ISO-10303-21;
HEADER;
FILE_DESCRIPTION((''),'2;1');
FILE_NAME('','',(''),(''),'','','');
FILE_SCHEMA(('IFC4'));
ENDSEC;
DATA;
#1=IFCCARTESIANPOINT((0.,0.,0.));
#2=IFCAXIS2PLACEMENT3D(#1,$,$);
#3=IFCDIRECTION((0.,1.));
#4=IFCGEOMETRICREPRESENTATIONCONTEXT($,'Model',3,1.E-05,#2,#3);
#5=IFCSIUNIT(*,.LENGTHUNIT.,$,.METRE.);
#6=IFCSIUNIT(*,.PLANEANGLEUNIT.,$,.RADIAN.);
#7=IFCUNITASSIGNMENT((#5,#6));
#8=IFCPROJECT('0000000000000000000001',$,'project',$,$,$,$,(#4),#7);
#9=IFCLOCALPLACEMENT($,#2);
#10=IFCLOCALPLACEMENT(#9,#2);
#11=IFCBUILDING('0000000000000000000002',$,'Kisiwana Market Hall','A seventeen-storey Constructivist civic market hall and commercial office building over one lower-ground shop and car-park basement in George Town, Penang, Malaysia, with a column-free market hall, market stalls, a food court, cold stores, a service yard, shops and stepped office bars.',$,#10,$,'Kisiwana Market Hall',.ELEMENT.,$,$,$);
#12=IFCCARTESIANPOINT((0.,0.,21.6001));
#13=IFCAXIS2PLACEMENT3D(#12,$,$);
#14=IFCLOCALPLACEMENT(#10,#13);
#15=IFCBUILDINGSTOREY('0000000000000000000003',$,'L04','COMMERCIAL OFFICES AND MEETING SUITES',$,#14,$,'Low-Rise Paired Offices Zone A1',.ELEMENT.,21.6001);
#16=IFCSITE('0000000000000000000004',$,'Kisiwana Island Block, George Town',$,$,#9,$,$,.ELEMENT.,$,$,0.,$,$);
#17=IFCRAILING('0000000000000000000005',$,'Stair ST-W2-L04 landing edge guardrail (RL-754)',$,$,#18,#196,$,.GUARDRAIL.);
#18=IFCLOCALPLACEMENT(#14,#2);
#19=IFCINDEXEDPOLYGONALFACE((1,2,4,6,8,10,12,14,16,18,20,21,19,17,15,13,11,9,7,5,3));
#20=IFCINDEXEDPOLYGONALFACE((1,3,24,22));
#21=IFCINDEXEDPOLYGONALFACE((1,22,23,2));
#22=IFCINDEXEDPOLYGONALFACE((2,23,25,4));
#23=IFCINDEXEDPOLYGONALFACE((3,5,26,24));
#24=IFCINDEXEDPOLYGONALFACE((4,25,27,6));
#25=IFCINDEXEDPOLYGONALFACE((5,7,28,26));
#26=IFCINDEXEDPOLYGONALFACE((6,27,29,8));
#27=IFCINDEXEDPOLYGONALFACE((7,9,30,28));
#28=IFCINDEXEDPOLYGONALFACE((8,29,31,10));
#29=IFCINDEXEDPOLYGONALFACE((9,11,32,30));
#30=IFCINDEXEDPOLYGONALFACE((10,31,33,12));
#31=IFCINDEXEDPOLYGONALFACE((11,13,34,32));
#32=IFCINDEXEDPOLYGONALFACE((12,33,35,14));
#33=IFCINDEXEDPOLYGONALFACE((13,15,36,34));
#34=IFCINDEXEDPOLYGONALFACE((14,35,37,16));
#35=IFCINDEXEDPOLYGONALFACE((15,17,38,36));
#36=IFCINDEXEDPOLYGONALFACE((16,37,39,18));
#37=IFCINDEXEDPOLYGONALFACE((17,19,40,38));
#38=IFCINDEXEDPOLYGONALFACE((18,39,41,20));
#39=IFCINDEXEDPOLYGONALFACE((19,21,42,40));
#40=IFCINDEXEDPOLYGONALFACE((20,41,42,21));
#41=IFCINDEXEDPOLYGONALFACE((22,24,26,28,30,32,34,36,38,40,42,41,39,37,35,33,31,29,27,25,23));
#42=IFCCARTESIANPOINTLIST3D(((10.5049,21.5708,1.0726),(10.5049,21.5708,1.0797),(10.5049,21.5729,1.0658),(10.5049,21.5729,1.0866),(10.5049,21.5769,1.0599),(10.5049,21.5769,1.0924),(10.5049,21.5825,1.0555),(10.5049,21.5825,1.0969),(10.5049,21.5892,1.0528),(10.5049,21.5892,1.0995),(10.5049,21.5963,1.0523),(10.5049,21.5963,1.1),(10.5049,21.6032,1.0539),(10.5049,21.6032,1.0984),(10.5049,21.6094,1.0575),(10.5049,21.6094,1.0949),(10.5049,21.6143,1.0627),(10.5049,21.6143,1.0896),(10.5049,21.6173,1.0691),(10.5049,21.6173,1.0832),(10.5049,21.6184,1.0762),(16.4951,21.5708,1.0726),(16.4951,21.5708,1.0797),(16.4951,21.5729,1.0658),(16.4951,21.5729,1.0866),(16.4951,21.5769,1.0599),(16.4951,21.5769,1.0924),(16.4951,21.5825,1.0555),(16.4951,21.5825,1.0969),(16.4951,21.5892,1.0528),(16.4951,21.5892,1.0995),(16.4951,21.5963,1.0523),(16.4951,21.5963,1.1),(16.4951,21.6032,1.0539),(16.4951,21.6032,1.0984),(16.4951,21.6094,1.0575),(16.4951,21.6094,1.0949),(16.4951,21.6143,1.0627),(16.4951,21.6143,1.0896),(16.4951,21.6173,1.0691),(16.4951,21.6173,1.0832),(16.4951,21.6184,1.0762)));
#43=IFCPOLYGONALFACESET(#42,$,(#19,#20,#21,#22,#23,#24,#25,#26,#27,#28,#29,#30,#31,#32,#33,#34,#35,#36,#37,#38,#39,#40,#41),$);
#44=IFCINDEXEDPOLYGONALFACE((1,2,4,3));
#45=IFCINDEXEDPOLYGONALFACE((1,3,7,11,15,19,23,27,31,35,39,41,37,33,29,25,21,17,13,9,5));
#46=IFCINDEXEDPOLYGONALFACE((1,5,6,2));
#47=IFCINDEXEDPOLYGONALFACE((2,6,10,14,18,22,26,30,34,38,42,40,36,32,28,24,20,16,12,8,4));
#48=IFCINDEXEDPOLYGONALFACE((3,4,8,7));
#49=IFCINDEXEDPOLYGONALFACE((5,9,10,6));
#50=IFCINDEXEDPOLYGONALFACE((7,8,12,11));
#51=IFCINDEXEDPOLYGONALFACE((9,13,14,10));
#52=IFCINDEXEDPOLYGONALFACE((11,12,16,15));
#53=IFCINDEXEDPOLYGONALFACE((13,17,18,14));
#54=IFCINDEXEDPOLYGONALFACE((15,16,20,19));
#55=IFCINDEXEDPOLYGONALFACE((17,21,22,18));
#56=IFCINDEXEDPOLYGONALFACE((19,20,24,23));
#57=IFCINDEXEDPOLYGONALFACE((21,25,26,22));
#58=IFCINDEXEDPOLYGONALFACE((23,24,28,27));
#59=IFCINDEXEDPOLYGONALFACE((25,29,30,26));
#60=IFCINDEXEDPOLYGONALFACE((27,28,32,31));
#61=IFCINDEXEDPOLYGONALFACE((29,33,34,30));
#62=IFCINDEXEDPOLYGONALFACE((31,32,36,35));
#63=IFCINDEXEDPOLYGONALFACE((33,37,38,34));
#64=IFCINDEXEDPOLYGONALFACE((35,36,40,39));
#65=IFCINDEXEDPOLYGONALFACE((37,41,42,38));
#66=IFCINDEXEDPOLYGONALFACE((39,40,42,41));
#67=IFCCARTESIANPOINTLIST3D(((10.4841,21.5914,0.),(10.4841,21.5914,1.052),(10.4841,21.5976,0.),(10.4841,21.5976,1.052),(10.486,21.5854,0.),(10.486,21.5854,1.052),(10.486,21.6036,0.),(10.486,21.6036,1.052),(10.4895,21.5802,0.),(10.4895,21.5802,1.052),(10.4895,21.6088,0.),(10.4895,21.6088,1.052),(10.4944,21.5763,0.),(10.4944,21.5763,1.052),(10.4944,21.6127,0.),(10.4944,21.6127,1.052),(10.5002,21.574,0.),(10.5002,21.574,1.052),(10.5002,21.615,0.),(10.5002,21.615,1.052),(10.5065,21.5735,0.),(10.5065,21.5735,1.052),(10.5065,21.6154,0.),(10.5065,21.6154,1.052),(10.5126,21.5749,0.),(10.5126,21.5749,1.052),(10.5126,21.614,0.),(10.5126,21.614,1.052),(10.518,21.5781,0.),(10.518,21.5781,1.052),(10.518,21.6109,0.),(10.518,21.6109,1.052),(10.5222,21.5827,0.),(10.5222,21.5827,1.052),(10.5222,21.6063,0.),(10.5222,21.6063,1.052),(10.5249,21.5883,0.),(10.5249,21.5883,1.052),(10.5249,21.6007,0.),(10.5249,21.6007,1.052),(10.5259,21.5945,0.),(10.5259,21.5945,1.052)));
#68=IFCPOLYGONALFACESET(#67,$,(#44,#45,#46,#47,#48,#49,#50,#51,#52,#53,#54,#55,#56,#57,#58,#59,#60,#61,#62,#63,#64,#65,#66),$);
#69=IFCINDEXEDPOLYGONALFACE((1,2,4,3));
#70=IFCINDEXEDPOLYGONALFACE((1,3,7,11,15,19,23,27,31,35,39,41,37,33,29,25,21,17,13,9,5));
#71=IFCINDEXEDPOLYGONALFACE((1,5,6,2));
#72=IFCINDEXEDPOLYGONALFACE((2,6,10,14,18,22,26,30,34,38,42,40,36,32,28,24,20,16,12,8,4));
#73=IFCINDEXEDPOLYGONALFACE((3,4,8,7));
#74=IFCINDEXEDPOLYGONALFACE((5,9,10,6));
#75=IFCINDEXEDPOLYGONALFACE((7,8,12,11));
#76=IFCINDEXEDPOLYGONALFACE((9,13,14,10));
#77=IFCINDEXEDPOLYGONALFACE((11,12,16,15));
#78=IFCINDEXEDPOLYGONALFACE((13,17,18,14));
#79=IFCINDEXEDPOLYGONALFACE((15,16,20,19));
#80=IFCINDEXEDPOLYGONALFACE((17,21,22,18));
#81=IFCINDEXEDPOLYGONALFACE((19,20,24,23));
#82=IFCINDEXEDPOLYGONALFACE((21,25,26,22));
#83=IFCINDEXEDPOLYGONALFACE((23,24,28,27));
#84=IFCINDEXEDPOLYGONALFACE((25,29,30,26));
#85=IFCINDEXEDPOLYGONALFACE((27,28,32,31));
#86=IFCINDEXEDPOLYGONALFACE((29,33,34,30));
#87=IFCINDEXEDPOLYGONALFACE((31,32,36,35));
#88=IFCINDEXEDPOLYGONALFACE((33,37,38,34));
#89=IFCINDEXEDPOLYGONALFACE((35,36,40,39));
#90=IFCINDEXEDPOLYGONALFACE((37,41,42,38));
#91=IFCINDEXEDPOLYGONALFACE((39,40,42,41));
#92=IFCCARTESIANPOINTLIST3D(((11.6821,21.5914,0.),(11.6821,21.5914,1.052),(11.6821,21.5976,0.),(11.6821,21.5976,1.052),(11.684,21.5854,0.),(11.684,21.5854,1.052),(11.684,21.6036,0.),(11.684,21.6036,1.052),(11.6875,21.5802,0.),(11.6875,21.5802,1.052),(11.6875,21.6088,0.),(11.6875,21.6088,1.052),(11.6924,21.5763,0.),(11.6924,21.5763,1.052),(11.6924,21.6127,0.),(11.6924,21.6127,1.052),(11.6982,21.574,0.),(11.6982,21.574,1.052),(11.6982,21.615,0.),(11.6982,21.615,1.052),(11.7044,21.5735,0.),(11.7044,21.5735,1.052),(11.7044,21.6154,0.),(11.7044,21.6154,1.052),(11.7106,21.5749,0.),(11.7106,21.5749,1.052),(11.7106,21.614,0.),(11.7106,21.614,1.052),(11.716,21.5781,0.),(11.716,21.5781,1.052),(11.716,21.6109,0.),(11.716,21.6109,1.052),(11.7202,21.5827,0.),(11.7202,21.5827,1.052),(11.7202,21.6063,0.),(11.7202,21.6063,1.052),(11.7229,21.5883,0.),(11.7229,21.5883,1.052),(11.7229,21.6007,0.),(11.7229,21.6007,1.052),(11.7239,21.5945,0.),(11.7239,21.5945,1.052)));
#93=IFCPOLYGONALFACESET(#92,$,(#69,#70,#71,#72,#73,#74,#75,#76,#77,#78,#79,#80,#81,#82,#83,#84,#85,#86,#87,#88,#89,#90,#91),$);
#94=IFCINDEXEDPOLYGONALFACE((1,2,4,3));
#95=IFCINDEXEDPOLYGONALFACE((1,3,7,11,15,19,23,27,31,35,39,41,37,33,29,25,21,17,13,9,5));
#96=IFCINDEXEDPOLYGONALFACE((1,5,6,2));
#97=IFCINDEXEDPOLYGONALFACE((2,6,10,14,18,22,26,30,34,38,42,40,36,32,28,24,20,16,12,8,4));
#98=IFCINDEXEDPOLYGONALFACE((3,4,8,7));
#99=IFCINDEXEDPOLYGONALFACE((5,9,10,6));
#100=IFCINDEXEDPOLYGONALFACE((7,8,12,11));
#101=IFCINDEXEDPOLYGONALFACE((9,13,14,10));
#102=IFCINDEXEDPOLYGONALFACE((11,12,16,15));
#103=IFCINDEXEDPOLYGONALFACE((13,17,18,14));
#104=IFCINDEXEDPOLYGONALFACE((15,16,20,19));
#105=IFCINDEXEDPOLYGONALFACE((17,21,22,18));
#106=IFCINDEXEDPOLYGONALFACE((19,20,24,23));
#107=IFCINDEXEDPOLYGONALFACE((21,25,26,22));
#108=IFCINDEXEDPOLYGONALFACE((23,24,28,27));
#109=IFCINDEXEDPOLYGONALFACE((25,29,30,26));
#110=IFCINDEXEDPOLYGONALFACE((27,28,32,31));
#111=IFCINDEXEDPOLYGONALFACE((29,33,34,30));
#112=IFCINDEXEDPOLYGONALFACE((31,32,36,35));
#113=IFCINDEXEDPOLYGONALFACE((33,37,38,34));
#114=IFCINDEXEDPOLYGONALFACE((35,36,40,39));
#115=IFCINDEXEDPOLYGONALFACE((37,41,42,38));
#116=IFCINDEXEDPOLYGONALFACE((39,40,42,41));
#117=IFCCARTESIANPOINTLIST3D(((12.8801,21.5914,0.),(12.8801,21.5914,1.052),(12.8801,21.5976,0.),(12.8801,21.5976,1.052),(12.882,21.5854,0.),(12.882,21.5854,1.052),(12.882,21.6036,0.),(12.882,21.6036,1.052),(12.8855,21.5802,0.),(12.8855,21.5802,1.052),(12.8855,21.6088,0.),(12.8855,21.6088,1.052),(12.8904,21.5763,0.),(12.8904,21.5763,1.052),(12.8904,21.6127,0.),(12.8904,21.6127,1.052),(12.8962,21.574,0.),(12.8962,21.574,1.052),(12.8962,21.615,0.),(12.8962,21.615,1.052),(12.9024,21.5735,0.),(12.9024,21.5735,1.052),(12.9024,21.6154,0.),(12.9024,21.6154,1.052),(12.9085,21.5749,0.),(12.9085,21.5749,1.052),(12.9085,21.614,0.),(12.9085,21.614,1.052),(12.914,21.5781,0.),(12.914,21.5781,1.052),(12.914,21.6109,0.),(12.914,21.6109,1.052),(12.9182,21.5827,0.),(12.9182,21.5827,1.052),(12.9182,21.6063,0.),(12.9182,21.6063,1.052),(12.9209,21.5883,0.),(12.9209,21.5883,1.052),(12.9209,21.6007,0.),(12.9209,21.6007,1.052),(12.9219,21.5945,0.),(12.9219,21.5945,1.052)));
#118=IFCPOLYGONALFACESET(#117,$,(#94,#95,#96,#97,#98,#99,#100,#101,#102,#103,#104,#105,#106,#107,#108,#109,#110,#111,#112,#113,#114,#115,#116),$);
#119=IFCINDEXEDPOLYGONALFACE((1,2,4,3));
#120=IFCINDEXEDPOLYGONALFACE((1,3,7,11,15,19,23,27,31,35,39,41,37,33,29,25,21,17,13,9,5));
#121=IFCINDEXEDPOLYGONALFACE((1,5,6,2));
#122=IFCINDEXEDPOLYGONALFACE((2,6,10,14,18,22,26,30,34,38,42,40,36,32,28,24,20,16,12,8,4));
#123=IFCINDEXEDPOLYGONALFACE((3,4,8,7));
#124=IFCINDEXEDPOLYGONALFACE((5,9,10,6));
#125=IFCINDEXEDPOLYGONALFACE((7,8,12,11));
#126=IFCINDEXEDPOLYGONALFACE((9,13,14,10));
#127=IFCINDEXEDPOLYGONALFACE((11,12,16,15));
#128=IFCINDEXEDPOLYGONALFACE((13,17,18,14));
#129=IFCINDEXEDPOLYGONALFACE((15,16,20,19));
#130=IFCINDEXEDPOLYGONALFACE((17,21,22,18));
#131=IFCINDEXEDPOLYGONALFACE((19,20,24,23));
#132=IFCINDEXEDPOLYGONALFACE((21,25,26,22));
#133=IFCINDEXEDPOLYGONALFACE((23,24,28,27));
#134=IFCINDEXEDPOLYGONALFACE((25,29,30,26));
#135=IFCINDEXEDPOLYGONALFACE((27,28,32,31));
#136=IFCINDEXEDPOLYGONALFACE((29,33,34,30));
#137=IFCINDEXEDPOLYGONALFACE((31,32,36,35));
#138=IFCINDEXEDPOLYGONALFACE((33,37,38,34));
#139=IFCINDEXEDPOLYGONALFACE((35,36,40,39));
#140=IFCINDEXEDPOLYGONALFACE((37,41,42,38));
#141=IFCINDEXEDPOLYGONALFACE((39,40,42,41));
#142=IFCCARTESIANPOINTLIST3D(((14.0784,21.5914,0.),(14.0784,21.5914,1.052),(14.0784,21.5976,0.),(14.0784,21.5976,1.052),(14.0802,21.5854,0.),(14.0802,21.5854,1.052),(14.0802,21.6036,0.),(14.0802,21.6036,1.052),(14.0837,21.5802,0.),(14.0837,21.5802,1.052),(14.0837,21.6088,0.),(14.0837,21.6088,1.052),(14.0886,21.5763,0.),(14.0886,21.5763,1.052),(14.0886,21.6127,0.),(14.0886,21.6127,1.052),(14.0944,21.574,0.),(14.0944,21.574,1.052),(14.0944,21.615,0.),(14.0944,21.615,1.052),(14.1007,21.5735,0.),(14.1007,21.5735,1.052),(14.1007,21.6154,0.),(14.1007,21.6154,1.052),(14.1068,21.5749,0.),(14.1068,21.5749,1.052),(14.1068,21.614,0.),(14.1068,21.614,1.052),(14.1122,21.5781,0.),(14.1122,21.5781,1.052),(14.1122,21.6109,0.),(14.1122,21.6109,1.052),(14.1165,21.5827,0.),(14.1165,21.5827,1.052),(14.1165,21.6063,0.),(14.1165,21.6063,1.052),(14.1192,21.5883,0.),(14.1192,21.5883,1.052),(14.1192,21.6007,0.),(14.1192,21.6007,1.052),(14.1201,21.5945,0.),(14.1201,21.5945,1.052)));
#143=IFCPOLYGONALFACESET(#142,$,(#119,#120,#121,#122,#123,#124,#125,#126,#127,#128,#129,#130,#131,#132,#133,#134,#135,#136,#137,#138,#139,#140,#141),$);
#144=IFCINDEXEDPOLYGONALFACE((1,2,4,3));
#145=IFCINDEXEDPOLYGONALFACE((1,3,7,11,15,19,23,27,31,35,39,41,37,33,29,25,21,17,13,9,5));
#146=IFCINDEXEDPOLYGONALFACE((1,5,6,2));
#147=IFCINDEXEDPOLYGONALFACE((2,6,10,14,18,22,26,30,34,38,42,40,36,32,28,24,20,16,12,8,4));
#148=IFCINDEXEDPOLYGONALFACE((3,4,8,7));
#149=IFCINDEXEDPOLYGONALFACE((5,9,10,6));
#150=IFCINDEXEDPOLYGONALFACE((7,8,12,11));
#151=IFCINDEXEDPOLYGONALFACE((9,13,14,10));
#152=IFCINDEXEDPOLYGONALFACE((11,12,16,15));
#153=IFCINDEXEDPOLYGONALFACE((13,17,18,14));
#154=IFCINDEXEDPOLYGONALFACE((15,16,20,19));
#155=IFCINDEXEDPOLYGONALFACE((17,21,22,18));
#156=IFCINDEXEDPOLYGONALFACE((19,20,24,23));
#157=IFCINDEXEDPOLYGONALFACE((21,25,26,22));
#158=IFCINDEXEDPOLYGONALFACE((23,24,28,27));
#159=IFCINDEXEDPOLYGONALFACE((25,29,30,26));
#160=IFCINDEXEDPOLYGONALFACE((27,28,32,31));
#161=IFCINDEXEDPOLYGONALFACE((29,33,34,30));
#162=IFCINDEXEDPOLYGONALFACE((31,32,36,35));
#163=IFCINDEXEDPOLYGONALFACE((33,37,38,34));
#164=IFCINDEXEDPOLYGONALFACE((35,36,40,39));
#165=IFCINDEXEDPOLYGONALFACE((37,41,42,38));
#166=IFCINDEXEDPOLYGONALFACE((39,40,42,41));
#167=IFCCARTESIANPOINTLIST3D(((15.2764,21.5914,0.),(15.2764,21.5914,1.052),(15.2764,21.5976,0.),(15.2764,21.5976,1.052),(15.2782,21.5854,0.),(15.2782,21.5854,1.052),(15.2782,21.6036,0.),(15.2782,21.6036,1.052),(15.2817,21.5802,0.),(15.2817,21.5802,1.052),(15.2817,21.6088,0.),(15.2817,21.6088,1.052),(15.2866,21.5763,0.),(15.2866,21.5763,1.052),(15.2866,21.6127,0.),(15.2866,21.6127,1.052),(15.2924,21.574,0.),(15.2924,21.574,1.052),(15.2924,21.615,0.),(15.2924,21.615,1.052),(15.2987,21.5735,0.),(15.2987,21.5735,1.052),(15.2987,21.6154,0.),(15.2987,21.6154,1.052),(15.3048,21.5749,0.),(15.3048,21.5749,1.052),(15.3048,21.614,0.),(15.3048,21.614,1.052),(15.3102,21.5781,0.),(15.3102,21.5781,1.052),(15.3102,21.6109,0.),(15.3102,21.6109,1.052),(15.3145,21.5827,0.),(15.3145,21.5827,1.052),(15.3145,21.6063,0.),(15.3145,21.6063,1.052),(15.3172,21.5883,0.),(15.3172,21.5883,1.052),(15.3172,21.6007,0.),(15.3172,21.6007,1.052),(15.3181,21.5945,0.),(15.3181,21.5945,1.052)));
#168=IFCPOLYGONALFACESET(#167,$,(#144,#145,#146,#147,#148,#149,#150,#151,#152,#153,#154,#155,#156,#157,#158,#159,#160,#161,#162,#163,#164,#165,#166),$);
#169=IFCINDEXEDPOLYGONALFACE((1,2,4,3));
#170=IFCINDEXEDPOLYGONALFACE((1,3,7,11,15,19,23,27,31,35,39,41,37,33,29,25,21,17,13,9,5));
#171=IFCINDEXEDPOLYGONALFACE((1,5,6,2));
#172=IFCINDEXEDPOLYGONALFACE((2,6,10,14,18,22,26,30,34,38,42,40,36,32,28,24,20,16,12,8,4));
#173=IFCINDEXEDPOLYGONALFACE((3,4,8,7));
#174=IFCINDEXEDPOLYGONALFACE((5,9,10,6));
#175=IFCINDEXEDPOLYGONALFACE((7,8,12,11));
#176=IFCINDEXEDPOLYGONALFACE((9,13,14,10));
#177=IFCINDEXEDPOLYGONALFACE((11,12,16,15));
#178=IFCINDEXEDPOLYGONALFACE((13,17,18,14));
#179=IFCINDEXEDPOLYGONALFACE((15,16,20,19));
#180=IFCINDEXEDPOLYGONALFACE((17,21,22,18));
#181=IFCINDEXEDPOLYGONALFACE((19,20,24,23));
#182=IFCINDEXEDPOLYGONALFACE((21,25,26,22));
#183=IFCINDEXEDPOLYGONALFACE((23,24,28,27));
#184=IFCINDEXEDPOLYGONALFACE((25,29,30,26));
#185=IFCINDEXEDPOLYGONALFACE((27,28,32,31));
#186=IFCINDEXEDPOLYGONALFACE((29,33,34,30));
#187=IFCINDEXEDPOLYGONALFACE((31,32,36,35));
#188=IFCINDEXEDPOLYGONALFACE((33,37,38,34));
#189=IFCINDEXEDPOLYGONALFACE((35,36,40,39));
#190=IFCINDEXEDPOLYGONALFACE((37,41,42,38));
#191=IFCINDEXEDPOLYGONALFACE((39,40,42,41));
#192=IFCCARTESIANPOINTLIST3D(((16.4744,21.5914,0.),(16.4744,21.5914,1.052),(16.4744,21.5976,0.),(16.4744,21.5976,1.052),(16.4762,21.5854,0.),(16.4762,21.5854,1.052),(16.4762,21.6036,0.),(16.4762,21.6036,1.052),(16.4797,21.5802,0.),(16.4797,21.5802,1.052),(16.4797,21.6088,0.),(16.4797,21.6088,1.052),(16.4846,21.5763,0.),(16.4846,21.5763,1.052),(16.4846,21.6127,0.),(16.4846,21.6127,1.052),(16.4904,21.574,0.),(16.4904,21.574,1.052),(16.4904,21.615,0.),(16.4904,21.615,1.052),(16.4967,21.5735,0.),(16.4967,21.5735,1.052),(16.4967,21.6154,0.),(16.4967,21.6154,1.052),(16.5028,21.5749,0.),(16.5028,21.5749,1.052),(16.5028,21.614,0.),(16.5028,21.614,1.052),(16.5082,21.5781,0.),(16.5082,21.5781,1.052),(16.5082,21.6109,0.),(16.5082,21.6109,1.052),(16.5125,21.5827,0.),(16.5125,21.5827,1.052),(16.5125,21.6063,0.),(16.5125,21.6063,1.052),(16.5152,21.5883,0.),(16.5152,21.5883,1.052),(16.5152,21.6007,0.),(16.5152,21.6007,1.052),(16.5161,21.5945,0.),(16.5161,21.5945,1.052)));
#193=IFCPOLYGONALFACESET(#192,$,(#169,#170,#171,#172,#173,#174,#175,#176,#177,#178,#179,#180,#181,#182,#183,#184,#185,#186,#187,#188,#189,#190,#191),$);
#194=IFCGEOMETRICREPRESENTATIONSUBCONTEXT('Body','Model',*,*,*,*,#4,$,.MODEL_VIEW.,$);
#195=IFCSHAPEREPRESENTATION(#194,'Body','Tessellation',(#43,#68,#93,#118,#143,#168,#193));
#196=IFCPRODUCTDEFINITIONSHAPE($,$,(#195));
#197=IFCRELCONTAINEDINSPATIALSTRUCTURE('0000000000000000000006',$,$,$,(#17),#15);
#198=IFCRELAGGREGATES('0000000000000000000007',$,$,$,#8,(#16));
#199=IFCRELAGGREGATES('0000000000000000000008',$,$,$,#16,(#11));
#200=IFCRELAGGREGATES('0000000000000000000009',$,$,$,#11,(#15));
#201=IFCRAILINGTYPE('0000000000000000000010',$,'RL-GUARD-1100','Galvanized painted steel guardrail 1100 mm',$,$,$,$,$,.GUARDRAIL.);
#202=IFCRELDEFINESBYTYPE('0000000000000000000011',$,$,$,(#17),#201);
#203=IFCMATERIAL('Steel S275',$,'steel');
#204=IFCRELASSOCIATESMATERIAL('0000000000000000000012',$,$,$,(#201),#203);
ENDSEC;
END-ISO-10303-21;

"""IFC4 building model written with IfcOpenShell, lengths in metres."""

from ifc_helpers import new_model, si_unit, direction, frame, origin, origin_2d, place, context, subcontext, project, spatial, circle, extrude, material, type_object, element, save


model = new_model("IFC4")

# Units and contexts
model_context = context("Model", 3, precision=1e-05, world=origin(), true_north=direction((0.0, 1.0)))
body_context = subcontext(model_context, "Body", "Model", "MODEL_VIEW")
ifc_project = project(units=[si_unit("LENGTHUNIT", "METRE"), si_unit("PLANEANGLEUNIT", "RADIAN")], contexts=[model_context])

# Site, building, storey
site_placement = place(None, origin())
site = spatial("IfcSite", under=ifc_project, at=site_placement, Name="Kisiwana Island Block, George Town", CompositionType="ELEMENT", RefElevation=0.0)
building_placement = place(site_placement, origin())
building = spatial("IfcBuilding", under=site, at=building_placement, Name="Kisiwana Market Hall", Description="A seventeen-storey Constructivist civic market hall and commercial office building over one lower-ground shop and car-park basement in George Town, Penang, Malaysia, with a column-free market hall, market stalls, a food court, cold stores, a service yard, shops and stepped office bars.", LongName="Kisiwana Market Hall", CompositionType="ELEMENT")
storey_placement = place(building_placement, frame((0.0, 0.0, 21.6001)))
storey = spatial("IfcBuildingStorey", under=building, at=storey_placement, Name="L04", Description="COMMERCIAL OFFICES AND MEETING SUITES", LongName="Low-Rise Paired Offices Zone A1", CompositionType="ELEMENT", Elevation=21.6001)

# Railing
ifc_material_1 = material(Name="Steel S275", Category="steel")
railing_type_1 = type_object("IfcRailingType", Name="RL-GUARD-1100", Description="Galvanized painted steel guardrail 1100 mm", PredefinedType="GUARDRAIL", material=ifc_material_1)
railing_1_placement = place(storey_placement, frame((10.5049, 21.5945, 0.0)))
element("IfcRailing", 1, at=railing_1_placement, inside=storey, type_object=railing_type_1, Name="Stair ST-W2-L04 landing edge guardrail (RL-754)", PredefinedType="GUARDRAIL", context=body_context, shape_type="SweptSolid", body=[
    extrude(circle(Radius=0.0239, at=origin_2d()), frame((0.0, 0.0, 1.0762), z_axis=(1.0, 0.0, 0.0), x_axis=(0.0, 1.0, 0.0)), (0.0, 0.0, 1.0), 5.9902),
    extrude(circle(Radius=0.021, at=origin_2d()), origin(), (0.0, 0.0, 1.0), 1.052),
    extrude(circle(Radius=0.021, at=origin_2d()), frame((1.198, 0.0, 0.0)), (0.0, 0.0, 1.0), 1.052),
    extrude(circle(Radius=0.021, at=origin_2d()), frame((2.396, 0.0, 0.0)), (0.0, 0.0, 1.0), 1.052),
    extrude(circle(Radius=0.021, at=origin_2d()), frame((3.5942, 0.0, 0.0)), (0.0, 0.0, 1.0), 1.052),
    extrude(circle(Radius=0.021, at=origin_2d()), frame((4.7922, 0.0, 0.0)), (0.0, 0.0, 1.0), 1.052),
    extrude(circle(Radius=0.021, at=origin_2d()), frame((5.9902, 0.0, 0.0)), (0.0, 0.0, 1.0), 1.052),
])

save(model, "model.ifc")
